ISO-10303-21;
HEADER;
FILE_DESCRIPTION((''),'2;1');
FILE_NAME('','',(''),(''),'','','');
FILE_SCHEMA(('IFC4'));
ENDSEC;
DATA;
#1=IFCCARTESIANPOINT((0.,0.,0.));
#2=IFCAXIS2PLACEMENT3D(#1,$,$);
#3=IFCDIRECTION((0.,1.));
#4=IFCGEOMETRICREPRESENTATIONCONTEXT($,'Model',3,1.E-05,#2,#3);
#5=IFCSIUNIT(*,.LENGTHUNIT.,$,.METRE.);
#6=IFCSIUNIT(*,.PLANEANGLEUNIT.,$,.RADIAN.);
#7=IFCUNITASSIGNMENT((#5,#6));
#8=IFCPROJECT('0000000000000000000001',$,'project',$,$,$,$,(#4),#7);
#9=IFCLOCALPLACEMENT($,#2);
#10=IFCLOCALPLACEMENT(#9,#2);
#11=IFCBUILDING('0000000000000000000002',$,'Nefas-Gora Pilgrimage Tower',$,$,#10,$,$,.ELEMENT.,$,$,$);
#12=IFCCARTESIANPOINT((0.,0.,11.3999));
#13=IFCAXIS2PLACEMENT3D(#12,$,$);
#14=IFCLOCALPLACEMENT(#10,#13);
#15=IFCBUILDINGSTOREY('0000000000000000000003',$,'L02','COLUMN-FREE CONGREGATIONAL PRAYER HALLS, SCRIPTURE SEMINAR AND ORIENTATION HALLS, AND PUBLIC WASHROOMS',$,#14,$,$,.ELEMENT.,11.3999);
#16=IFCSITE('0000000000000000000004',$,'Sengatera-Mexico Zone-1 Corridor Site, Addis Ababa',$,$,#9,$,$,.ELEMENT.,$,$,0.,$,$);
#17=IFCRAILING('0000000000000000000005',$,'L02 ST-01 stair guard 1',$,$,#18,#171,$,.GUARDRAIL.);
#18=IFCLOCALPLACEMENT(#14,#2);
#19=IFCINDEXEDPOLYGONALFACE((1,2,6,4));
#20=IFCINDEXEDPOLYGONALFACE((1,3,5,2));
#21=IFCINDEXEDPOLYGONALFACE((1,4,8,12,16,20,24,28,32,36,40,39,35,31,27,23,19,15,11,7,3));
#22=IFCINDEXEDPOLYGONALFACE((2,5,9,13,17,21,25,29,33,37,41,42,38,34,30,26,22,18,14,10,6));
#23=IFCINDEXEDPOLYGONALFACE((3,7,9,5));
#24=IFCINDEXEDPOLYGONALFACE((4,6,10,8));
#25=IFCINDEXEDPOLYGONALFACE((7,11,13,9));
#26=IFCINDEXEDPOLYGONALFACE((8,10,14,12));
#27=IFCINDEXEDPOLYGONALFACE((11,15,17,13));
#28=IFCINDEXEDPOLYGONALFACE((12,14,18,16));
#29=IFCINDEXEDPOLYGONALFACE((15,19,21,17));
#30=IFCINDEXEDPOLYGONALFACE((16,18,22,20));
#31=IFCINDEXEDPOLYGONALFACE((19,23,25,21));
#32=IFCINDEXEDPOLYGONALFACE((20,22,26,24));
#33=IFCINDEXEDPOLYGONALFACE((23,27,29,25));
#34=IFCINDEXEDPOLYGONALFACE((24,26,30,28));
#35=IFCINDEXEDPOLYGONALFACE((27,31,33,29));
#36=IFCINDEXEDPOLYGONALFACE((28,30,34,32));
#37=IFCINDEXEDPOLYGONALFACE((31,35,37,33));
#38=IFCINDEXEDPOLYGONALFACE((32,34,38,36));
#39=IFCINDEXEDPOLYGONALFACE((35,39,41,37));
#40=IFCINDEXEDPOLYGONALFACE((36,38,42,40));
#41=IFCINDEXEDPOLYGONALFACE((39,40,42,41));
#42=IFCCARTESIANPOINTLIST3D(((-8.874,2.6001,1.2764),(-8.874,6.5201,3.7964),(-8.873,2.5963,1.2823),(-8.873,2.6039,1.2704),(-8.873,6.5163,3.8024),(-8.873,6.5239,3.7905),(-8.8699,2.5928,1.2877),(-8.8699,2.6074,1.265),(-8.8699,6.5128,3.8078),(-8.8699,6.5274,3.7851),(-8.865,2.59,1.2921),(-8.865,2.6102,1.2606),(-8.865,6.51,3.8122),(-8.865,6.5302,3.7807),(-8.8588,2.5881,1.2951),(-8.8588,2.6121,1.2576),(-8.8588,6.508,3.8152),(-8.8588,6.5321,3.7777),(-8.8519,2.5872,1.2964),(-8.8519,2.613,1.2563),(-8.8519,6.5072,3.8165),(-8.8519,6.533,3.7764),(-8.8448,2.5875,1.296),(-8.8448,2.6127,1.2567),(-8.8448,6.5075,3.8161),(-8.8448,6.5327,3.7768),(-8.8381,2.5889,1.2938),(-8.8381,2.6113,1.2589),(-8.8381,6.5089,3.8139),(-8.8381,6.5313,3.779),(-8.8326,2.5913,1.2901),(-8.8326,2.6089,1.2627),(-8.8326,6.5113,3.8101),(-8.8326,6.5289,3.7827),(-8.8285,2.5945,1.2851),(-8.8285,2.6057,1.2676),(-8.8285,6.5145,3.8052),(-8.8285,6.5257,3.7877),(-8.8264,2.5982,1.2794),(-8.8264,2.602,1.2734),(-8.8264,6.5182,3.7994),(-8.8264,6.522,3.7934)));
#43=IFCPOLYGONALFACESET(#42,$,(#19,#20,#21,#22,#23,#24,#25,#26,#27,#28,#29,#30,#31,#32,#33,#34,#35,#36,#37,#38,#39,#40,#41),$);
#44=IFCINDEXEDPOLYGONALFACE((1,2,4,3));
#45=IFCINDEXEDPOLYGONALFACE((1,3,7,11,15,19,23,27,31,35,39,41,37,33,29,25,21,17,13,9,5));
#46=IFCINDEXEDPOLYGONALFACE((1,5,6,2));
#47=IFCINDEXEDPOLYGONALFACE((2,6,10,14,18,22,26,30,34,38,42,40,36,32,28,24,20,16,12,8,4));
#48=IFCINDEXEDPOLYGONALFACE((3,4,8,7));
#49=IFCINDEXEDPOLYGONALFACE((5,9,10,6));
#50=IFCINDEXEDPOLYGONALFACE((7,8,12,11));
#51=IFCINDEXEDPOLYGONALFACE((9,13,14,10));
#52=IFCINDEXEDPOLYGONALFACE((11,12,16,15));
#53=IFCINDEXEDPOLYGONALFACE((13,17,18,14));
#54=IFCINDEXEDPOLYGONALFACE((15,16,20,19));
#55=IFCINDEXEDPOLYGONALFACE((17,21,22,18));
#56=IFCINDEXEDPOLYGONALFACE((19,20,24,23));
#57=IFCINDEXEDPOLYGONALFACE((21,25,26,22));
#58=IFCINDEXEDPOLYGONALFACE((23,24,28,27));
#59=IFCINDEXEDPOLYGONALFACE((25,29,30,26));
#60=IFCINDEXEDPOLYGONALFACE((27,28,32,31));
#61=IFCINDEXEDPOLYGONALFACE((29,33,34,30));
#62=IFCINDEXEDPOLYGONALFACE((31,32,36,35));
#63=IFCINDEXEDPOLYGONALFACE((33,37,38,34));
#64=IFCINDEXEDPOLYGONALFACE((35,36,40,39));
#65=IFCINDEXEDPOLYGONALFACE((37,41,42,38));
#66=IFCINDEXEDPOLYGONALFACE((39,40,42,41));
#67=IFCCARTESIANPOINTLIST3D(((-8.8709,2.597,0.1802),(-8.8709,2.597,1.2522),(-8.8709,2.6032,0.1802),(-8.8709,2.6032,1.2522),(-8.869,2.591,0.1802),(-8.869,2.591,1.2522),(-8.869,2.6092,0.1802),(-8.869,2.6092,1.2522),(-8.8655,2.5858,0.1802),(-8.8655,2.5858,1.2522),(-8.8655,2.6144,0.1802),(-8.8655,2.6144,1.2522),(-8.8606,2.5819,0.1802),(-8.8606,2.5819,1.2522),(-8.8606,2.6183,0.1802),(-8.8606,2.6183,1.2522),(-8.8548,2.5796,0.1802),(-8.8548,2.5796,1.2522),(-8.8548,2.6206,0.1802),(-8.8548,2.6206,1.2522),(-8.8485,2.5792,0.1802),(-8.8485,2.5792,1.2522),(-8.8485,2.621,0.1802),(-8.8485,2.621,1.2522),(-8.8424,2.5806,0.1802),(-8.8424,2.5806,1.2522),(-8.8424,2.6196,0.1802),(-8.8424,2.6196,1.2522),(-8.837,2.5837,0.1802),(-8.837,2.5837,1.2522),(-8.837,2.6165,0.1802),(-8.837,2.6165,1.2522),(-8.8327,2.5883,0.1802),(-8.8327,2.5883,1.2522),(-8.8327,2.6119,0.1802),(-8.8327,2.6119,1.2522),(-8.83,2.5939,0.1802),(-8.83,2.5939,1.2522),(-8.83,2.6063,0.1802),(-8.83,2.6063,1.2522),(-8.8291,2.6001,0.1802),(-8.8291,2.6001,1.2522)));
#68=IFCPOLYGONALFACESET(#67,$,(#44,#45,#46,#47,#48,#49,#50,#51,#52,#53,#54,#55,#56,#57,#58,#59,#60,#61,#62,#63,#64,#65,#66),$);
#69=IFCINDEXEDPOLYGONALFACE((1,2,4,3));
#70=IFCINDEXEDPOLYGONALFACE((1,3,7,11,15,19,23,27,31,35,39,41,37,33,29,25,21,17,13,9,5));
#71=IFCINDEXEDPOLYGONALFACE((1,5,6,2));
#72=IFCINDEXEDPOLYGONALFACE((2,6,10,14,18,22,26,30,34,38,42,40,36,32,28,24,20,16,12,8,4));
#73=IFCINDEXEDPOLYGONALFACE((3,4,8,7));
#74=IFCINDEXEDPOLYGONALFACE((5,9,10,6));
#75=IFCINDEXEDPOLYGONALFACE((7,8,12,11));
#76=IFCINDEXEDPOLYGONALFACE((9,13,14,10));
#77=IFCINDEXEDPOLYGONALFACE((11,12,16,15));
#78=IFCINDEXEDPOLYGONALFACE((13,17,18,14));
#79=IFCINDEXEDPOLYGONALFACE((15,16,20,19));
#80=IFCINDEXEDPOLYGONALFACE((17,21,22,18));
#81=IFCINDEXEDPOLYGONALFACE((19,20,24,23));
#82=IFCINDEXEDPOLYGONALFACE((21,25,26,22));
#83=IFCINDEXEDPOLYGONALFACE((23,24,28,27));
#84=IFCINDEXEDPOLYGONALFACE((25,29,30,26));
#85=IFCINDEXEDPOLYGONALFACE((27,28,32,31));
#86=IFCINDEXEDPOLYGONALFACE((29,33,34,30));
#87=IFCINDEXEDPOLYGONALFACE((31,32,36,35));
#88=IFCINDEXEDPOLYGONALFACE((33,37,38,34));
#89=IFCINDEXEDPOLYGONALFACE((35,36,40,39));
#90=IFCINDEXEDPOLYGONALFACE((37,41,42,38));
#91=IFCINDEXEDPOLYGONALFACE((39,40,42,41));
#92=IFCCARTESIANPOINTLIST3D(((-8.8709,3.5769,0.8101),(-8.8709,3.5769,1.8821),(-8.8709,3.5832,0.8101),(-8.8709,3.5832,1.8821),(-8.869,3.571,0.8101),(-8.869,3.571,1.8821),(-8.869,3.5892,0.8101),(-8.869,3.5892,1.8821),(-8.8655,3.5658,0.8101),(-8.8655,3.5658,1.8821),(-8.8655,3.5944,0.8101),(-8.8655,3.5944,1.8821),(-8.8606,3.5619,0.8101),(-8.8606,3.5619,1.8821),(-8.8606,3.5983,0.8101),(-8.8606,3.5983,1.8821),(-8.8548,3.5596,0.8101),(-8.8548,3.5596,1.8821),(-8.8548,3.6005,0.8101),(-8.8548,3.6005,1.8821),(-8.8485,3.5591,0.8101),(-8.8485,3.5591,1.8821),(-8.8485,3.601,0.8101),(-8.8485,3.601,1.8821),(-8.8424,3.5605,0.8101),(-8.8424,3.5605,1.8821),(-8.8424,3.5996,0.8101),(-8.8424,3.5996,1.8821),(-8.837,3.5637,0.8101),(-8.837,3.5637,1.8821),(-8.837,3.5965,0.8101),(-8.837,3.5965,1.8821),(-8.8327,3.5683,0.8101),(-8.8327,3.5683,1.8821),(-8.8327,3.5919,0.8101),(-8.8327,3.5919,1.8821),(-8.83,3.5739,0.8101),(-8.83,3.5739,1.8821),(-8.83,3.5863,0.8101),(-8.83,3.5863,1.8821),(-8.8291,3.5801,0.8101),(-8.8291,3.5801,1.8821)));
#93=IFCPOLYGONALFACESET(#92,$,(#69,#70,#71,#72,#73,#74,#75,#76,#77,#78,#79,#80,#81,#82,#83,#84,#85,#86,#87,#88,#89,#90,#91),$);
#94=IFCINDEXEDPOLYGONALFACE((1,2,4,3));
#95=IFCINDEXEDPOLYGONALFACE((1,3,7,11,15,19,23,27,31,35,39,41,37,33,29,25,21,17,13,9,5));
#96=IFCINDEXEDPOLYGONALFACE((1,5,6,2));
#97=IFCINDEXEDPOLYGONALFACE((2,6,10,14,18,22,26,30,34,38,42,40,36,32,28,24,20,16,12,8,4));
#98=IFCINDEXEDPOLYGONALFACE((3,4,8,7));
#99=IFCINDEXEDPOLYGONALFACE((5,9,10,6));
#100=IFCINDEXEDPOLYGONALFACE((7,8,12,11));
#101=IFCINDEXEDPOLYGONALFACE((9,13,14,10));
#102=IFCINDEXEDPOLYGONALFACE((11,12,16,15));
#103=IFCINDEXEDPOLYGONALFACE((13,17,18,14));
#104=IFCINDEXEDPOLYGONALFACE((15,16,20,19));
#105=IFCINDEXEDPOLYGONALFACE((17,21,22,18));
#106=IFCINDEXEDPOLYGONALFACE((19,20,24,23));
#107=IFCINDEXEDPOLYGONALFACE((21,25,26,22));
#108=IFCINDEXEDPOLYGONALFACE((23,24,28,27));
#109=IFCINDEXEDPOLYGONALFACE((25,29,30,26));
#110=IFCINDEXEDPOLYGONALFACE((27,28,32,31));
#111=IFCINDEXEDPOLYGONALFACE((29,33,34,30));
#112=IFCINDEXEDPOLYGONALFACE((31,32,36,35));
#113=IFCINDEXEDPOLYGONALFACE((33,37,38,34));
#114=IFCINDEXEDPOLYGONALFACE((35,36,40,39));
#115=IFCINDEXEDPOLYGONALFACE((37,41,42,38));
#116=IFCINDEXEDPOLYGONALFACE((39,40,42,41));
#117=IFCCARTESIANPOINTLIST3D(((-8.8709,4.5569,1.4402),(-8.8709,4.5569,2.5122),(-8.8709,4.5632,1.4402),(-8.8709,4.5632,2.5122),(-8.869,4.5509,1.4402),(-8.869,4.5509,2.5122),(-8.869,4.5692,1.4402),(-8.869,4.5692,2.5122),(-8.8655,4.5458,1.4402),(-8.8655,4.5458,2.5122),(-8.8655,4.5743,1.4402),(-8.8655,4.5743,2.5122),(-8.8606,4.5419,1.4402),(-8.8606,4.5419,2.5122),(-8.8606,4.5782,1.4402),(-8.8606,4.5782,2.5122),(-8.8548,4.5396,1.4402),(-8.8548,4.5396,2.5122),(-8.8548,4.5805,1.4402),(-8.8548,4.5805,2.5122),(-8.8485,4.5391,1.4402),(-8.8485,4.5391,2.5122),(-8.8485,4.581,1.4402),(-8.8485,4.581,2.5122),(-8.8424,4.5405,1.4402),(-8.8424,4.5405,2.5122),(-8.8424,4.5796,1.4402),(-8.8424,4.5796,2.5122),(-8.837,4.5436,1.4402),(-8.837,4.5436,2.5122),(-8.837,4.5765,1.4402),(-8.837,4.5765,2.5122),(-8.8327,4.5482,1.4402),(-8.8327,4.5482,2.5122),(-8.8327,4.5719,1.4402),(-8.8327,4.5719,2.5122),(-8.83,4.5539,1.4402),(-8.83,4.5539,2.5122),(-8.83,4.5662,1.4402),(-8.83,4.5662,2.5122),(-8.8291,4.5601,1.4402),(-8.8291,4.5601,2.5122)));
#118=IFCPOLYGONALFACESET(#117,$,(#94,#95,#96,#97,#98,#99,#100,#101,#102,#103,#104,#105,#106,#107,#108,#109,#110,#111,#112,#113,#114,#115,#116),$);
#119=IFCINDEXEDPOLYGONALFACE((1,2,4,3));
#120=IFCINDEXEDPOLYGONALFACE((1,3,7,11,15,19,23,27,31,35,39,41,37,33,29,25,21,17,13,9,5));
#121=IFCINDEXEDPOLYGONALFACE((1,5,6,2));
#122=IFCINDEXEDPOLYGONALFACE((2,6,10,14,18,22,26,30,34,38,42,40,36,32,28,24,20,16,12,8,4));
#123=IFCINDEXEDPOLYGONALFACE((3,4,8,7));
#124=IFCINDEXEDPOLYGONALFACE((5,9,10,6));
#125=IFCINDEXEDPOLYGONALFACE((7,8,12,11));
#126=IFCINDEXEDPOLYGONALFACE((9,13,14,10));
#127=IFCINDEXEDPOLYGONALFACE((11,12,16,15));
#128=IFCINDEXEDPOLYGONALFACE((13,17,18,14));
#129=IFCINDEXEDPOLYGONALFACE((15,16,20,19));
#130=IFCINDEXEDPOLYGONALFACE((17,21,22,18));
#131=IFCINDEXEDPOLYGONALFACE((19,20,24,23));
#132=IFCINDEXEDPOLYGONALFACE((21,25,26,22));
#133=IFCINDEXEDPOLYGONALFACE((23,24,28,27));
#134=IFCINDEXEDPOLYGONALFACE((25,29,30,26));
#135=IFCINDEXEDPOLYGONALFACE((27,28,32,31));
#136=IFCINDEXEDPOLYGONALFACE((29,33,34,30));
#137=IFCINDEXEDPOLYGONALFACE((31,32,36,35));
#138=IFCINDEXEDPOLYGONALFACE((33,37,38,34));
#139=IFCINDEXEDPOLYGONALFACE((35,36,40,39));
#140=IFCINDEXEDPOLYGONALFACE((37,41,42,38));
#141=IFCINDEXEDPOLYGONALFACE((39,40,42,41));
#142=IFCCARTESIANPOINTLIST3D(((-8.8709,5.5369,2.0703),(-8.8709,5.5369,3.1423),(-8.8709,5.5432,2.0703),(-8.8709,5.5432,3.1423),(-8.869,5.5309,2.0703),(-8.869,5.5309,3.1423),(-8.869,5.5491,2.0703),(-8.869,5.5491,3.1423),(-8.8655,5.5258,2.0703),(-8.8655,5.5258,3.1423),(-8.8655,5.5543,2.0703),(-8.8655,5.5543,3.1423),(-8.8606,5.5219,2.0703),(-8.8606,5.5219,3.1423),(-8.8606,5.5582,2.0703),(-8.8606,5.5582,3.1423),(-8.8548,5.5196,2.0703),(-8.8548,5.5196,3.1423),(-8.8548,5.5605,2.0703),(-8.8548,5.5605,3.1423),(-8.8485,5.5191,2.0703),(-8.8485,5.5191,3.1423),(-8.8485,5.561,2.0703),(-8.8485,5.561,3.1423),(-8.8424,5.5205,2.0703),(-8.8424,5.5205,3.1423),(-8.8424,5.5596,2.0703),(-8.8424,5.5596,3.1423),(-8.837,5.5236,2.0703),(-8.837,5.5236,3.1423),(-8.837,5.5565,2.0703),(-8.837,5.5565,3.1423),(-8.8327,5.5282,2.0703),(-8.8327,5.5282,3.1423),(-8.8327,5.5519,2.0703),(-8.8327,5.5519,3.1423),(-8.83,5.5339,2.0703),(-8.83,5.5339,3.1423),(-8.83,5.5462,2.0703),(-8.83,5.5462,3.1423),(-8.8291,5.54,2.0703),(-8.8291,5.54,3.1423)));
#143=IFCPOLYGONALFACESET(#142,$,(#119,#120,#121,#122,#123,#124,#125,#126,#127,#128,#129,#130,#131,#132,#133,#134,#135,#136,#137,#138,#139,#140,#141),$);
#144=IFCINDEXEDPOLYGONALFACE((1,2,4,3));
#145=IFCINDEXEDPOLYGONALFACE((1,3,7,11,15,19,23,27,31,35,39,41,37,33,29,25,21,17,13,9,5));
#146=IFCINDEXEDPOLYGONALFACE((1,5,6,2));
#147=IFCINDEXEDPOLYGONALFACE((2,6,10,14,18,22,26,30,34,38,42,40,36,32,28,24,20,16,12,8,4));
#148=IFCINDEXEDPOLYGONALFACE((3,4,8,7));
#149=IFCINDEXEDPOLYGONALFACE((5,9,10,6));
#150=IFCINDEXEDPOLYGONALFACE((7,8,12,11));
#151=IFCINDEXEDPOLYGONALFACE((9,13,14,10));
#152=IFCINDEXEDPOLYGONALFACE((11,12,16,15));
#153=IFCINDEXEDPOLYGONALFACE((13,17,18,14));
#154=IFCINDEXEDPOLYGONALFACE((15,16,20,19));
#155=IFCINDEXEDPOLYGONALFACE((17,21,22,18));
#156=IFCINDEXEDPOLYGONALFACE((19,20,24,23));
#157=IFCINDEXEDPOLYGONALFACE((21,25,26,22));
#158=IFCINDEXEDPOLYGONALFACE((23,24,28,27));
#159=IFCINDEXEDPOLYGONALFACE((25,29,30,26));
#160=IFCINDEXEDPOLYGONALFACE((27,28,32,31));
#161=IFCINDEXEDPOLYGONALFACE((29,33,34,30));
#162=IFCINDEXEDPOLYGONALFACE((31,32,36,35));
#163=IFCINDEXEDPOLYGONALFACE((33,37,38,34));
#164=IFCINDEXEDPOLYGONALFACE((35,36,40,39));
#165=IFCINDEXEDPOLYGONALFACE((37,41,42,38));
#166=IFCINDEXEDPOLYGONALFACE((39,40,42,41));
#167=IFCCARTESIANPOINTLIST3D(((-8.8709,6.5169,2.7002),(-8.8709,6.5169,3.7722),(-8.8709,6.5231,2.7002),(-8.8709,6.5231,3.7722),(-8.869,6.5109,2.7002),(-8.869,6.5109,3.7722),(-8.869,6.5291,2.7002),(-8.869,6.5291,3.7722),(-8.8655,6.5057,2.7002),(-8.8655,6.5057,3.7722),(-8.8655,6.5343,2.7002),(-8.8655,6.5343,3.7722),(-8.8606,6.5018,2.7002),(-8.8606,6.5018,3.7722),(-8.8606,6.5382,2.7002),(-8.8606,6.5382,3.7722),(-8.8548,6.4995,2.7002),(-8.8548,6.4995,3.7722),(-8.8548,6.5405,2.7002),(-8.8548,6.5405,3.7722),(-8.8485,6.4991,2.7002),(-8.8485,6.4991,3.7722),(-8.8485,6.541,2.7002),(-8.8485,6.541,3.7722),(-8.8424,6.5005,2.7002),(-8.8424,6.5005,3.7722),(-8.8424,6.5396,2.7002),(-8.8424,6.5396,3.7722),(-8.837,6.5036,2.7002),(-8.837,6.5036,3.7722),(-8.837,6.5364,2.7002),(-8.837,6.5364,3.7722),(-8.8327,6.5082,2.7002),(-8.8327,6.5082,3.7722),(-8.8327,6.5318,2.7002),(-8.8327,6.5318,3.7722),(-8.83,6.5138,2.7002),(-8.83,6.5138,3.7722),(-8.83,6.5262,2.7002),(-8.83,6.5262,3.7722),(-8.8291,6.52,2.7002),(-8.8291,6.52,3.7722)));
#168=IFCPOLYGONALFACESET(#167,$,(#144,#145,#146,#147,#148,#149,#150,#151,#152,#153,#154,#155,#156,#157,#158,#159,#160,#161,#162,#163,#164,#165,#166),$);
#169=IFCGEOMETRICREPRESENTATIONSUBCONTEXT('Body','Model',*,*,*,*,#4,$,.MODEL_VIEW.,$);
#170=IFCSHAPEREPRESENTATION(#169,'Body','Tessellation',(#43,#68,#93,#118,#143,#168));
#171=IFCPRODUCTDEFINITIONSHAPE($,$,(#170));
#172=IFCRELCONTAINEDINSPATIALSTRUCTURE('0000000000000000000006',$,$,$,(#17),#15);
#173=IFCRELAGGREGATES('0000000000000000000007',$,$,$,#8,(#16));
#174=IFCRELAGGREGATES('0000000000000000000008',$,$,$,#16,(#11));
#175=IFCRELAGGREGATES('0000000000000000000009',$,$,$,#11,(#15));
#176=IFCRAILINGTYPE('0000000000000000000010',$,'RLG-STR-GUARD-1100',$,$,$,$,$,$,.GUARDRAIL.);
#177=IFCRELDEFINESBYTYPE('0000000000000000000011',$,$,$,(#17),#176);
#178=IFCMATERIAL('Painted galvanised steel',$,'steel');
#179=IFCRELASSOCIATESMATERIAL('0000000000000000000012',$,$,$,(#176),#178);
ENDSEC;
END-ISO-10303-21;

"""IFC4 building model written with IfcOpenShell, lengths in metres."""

from ifc_helpers import new_model, si_unit, direction, frame, origin, origin_2d, place, context, subcontext, project, spatial, circle, extrude, material, type_object, element, save


model = new_model("IFC4")

# Units and contexts
model_context = context("Model", 3, precision=1e-05, world=origin(), true_north=direction((0.0, 1.0)))
body_context = subcontext(model_context, "Body", "Model", "MODEL_VIEW")
ifc_project = project(units=[si_unit("LENGTHUNIT", "METRE"), si_unit("PLANEANGLEUNIT", "RADIAN")], contexts=[model_context])

# Site, building, storey
site_placement = place(None, origin())
site = spatial("IfcSite", under=ifc_project, at=site_placement, Name="Sengatera-Mexico Zone-1 Corridor Site, Addis Ababa", CompositionType="ELEMENT", RefElevation=0.0)
building_placement = place(site_placement, origin())
building = spatial("IfcBuilding", under=site, at=building_placement, Name="Nefas-Gora Pilgrimage Tower", CompositionType="ELEMENT")
storey_placement = place(building_placement, frame((0.0, 0.0, 11.3999)))
storey = spatial("IfcBuildingStorey", under=building, at=storey_placement, Name="L02", Description="COLUMN-FREE CONGREGATIONAL PRAYER HALLS, SCRIPTURE SEMINAR AND ORIENTATION HALLS, AND PUBLIC WASHROOMS", CompositionType="ELEMENT", Elevation=11.3999)

# Railing
ifc_material_1 = material(Name="Painted galvanised steel", Category="steel")
railing_type_1 = type_object("IfcRailingType", Name="RLG-STR-GUARD-1100", PredefinedType="GUARDRAIL", material=ifc_material_1)
railing_1_placement = place(storey_placement, frame((-8.8501, 2.6001, 0.1802)))
element("IfcRailing", 1, at=railing_1_placement, inside=storey, type_object=railing_type_1, Name="L02 ST-01 stair guard 1", PredefinedType="GUARDRAIL", context=body_context, shape_type="SweptSolid", body=[
    extrude(circle(Radius=0.0239, at=origin_2d()), frame((0.0, 0.0, 1.0962), z_axis=(0.0, 0.841172, 0.540768), x_axis=(-1.0, 0.0, 0.0)), (0.0, 0.0, 1.0), 4.6602),
    extrude(circle(Radius=0.021, at=origin_2d()), origin(), (0.0, 0.0, 1.0), 1.072),
    extrude(circle(Radius=0.021, at=origin_2d()), frame((0.0, 0.98, 0.6299)), (0.0, 0.0, 1.0), 1.072),
    extrude(circle(Radius=0.021, at=origin_2d()), frame((0.0, 1.96, 1.26)), (0.0, 0.0, 1.0), 1.072),
    extrude(circle(Radius=0.021, at=origin_2d()), frame((0.0, 2.9399, 1.8901)), (0.0, 0.0, 1.0), 1.072),
    extrude(circle(Radius=0.021, at=origin_2d()), frame((0.0, 3.9199, 2.52)), (0.0, 0.0, 1.0), 1.072),
])

save(model, "model.ifc")
